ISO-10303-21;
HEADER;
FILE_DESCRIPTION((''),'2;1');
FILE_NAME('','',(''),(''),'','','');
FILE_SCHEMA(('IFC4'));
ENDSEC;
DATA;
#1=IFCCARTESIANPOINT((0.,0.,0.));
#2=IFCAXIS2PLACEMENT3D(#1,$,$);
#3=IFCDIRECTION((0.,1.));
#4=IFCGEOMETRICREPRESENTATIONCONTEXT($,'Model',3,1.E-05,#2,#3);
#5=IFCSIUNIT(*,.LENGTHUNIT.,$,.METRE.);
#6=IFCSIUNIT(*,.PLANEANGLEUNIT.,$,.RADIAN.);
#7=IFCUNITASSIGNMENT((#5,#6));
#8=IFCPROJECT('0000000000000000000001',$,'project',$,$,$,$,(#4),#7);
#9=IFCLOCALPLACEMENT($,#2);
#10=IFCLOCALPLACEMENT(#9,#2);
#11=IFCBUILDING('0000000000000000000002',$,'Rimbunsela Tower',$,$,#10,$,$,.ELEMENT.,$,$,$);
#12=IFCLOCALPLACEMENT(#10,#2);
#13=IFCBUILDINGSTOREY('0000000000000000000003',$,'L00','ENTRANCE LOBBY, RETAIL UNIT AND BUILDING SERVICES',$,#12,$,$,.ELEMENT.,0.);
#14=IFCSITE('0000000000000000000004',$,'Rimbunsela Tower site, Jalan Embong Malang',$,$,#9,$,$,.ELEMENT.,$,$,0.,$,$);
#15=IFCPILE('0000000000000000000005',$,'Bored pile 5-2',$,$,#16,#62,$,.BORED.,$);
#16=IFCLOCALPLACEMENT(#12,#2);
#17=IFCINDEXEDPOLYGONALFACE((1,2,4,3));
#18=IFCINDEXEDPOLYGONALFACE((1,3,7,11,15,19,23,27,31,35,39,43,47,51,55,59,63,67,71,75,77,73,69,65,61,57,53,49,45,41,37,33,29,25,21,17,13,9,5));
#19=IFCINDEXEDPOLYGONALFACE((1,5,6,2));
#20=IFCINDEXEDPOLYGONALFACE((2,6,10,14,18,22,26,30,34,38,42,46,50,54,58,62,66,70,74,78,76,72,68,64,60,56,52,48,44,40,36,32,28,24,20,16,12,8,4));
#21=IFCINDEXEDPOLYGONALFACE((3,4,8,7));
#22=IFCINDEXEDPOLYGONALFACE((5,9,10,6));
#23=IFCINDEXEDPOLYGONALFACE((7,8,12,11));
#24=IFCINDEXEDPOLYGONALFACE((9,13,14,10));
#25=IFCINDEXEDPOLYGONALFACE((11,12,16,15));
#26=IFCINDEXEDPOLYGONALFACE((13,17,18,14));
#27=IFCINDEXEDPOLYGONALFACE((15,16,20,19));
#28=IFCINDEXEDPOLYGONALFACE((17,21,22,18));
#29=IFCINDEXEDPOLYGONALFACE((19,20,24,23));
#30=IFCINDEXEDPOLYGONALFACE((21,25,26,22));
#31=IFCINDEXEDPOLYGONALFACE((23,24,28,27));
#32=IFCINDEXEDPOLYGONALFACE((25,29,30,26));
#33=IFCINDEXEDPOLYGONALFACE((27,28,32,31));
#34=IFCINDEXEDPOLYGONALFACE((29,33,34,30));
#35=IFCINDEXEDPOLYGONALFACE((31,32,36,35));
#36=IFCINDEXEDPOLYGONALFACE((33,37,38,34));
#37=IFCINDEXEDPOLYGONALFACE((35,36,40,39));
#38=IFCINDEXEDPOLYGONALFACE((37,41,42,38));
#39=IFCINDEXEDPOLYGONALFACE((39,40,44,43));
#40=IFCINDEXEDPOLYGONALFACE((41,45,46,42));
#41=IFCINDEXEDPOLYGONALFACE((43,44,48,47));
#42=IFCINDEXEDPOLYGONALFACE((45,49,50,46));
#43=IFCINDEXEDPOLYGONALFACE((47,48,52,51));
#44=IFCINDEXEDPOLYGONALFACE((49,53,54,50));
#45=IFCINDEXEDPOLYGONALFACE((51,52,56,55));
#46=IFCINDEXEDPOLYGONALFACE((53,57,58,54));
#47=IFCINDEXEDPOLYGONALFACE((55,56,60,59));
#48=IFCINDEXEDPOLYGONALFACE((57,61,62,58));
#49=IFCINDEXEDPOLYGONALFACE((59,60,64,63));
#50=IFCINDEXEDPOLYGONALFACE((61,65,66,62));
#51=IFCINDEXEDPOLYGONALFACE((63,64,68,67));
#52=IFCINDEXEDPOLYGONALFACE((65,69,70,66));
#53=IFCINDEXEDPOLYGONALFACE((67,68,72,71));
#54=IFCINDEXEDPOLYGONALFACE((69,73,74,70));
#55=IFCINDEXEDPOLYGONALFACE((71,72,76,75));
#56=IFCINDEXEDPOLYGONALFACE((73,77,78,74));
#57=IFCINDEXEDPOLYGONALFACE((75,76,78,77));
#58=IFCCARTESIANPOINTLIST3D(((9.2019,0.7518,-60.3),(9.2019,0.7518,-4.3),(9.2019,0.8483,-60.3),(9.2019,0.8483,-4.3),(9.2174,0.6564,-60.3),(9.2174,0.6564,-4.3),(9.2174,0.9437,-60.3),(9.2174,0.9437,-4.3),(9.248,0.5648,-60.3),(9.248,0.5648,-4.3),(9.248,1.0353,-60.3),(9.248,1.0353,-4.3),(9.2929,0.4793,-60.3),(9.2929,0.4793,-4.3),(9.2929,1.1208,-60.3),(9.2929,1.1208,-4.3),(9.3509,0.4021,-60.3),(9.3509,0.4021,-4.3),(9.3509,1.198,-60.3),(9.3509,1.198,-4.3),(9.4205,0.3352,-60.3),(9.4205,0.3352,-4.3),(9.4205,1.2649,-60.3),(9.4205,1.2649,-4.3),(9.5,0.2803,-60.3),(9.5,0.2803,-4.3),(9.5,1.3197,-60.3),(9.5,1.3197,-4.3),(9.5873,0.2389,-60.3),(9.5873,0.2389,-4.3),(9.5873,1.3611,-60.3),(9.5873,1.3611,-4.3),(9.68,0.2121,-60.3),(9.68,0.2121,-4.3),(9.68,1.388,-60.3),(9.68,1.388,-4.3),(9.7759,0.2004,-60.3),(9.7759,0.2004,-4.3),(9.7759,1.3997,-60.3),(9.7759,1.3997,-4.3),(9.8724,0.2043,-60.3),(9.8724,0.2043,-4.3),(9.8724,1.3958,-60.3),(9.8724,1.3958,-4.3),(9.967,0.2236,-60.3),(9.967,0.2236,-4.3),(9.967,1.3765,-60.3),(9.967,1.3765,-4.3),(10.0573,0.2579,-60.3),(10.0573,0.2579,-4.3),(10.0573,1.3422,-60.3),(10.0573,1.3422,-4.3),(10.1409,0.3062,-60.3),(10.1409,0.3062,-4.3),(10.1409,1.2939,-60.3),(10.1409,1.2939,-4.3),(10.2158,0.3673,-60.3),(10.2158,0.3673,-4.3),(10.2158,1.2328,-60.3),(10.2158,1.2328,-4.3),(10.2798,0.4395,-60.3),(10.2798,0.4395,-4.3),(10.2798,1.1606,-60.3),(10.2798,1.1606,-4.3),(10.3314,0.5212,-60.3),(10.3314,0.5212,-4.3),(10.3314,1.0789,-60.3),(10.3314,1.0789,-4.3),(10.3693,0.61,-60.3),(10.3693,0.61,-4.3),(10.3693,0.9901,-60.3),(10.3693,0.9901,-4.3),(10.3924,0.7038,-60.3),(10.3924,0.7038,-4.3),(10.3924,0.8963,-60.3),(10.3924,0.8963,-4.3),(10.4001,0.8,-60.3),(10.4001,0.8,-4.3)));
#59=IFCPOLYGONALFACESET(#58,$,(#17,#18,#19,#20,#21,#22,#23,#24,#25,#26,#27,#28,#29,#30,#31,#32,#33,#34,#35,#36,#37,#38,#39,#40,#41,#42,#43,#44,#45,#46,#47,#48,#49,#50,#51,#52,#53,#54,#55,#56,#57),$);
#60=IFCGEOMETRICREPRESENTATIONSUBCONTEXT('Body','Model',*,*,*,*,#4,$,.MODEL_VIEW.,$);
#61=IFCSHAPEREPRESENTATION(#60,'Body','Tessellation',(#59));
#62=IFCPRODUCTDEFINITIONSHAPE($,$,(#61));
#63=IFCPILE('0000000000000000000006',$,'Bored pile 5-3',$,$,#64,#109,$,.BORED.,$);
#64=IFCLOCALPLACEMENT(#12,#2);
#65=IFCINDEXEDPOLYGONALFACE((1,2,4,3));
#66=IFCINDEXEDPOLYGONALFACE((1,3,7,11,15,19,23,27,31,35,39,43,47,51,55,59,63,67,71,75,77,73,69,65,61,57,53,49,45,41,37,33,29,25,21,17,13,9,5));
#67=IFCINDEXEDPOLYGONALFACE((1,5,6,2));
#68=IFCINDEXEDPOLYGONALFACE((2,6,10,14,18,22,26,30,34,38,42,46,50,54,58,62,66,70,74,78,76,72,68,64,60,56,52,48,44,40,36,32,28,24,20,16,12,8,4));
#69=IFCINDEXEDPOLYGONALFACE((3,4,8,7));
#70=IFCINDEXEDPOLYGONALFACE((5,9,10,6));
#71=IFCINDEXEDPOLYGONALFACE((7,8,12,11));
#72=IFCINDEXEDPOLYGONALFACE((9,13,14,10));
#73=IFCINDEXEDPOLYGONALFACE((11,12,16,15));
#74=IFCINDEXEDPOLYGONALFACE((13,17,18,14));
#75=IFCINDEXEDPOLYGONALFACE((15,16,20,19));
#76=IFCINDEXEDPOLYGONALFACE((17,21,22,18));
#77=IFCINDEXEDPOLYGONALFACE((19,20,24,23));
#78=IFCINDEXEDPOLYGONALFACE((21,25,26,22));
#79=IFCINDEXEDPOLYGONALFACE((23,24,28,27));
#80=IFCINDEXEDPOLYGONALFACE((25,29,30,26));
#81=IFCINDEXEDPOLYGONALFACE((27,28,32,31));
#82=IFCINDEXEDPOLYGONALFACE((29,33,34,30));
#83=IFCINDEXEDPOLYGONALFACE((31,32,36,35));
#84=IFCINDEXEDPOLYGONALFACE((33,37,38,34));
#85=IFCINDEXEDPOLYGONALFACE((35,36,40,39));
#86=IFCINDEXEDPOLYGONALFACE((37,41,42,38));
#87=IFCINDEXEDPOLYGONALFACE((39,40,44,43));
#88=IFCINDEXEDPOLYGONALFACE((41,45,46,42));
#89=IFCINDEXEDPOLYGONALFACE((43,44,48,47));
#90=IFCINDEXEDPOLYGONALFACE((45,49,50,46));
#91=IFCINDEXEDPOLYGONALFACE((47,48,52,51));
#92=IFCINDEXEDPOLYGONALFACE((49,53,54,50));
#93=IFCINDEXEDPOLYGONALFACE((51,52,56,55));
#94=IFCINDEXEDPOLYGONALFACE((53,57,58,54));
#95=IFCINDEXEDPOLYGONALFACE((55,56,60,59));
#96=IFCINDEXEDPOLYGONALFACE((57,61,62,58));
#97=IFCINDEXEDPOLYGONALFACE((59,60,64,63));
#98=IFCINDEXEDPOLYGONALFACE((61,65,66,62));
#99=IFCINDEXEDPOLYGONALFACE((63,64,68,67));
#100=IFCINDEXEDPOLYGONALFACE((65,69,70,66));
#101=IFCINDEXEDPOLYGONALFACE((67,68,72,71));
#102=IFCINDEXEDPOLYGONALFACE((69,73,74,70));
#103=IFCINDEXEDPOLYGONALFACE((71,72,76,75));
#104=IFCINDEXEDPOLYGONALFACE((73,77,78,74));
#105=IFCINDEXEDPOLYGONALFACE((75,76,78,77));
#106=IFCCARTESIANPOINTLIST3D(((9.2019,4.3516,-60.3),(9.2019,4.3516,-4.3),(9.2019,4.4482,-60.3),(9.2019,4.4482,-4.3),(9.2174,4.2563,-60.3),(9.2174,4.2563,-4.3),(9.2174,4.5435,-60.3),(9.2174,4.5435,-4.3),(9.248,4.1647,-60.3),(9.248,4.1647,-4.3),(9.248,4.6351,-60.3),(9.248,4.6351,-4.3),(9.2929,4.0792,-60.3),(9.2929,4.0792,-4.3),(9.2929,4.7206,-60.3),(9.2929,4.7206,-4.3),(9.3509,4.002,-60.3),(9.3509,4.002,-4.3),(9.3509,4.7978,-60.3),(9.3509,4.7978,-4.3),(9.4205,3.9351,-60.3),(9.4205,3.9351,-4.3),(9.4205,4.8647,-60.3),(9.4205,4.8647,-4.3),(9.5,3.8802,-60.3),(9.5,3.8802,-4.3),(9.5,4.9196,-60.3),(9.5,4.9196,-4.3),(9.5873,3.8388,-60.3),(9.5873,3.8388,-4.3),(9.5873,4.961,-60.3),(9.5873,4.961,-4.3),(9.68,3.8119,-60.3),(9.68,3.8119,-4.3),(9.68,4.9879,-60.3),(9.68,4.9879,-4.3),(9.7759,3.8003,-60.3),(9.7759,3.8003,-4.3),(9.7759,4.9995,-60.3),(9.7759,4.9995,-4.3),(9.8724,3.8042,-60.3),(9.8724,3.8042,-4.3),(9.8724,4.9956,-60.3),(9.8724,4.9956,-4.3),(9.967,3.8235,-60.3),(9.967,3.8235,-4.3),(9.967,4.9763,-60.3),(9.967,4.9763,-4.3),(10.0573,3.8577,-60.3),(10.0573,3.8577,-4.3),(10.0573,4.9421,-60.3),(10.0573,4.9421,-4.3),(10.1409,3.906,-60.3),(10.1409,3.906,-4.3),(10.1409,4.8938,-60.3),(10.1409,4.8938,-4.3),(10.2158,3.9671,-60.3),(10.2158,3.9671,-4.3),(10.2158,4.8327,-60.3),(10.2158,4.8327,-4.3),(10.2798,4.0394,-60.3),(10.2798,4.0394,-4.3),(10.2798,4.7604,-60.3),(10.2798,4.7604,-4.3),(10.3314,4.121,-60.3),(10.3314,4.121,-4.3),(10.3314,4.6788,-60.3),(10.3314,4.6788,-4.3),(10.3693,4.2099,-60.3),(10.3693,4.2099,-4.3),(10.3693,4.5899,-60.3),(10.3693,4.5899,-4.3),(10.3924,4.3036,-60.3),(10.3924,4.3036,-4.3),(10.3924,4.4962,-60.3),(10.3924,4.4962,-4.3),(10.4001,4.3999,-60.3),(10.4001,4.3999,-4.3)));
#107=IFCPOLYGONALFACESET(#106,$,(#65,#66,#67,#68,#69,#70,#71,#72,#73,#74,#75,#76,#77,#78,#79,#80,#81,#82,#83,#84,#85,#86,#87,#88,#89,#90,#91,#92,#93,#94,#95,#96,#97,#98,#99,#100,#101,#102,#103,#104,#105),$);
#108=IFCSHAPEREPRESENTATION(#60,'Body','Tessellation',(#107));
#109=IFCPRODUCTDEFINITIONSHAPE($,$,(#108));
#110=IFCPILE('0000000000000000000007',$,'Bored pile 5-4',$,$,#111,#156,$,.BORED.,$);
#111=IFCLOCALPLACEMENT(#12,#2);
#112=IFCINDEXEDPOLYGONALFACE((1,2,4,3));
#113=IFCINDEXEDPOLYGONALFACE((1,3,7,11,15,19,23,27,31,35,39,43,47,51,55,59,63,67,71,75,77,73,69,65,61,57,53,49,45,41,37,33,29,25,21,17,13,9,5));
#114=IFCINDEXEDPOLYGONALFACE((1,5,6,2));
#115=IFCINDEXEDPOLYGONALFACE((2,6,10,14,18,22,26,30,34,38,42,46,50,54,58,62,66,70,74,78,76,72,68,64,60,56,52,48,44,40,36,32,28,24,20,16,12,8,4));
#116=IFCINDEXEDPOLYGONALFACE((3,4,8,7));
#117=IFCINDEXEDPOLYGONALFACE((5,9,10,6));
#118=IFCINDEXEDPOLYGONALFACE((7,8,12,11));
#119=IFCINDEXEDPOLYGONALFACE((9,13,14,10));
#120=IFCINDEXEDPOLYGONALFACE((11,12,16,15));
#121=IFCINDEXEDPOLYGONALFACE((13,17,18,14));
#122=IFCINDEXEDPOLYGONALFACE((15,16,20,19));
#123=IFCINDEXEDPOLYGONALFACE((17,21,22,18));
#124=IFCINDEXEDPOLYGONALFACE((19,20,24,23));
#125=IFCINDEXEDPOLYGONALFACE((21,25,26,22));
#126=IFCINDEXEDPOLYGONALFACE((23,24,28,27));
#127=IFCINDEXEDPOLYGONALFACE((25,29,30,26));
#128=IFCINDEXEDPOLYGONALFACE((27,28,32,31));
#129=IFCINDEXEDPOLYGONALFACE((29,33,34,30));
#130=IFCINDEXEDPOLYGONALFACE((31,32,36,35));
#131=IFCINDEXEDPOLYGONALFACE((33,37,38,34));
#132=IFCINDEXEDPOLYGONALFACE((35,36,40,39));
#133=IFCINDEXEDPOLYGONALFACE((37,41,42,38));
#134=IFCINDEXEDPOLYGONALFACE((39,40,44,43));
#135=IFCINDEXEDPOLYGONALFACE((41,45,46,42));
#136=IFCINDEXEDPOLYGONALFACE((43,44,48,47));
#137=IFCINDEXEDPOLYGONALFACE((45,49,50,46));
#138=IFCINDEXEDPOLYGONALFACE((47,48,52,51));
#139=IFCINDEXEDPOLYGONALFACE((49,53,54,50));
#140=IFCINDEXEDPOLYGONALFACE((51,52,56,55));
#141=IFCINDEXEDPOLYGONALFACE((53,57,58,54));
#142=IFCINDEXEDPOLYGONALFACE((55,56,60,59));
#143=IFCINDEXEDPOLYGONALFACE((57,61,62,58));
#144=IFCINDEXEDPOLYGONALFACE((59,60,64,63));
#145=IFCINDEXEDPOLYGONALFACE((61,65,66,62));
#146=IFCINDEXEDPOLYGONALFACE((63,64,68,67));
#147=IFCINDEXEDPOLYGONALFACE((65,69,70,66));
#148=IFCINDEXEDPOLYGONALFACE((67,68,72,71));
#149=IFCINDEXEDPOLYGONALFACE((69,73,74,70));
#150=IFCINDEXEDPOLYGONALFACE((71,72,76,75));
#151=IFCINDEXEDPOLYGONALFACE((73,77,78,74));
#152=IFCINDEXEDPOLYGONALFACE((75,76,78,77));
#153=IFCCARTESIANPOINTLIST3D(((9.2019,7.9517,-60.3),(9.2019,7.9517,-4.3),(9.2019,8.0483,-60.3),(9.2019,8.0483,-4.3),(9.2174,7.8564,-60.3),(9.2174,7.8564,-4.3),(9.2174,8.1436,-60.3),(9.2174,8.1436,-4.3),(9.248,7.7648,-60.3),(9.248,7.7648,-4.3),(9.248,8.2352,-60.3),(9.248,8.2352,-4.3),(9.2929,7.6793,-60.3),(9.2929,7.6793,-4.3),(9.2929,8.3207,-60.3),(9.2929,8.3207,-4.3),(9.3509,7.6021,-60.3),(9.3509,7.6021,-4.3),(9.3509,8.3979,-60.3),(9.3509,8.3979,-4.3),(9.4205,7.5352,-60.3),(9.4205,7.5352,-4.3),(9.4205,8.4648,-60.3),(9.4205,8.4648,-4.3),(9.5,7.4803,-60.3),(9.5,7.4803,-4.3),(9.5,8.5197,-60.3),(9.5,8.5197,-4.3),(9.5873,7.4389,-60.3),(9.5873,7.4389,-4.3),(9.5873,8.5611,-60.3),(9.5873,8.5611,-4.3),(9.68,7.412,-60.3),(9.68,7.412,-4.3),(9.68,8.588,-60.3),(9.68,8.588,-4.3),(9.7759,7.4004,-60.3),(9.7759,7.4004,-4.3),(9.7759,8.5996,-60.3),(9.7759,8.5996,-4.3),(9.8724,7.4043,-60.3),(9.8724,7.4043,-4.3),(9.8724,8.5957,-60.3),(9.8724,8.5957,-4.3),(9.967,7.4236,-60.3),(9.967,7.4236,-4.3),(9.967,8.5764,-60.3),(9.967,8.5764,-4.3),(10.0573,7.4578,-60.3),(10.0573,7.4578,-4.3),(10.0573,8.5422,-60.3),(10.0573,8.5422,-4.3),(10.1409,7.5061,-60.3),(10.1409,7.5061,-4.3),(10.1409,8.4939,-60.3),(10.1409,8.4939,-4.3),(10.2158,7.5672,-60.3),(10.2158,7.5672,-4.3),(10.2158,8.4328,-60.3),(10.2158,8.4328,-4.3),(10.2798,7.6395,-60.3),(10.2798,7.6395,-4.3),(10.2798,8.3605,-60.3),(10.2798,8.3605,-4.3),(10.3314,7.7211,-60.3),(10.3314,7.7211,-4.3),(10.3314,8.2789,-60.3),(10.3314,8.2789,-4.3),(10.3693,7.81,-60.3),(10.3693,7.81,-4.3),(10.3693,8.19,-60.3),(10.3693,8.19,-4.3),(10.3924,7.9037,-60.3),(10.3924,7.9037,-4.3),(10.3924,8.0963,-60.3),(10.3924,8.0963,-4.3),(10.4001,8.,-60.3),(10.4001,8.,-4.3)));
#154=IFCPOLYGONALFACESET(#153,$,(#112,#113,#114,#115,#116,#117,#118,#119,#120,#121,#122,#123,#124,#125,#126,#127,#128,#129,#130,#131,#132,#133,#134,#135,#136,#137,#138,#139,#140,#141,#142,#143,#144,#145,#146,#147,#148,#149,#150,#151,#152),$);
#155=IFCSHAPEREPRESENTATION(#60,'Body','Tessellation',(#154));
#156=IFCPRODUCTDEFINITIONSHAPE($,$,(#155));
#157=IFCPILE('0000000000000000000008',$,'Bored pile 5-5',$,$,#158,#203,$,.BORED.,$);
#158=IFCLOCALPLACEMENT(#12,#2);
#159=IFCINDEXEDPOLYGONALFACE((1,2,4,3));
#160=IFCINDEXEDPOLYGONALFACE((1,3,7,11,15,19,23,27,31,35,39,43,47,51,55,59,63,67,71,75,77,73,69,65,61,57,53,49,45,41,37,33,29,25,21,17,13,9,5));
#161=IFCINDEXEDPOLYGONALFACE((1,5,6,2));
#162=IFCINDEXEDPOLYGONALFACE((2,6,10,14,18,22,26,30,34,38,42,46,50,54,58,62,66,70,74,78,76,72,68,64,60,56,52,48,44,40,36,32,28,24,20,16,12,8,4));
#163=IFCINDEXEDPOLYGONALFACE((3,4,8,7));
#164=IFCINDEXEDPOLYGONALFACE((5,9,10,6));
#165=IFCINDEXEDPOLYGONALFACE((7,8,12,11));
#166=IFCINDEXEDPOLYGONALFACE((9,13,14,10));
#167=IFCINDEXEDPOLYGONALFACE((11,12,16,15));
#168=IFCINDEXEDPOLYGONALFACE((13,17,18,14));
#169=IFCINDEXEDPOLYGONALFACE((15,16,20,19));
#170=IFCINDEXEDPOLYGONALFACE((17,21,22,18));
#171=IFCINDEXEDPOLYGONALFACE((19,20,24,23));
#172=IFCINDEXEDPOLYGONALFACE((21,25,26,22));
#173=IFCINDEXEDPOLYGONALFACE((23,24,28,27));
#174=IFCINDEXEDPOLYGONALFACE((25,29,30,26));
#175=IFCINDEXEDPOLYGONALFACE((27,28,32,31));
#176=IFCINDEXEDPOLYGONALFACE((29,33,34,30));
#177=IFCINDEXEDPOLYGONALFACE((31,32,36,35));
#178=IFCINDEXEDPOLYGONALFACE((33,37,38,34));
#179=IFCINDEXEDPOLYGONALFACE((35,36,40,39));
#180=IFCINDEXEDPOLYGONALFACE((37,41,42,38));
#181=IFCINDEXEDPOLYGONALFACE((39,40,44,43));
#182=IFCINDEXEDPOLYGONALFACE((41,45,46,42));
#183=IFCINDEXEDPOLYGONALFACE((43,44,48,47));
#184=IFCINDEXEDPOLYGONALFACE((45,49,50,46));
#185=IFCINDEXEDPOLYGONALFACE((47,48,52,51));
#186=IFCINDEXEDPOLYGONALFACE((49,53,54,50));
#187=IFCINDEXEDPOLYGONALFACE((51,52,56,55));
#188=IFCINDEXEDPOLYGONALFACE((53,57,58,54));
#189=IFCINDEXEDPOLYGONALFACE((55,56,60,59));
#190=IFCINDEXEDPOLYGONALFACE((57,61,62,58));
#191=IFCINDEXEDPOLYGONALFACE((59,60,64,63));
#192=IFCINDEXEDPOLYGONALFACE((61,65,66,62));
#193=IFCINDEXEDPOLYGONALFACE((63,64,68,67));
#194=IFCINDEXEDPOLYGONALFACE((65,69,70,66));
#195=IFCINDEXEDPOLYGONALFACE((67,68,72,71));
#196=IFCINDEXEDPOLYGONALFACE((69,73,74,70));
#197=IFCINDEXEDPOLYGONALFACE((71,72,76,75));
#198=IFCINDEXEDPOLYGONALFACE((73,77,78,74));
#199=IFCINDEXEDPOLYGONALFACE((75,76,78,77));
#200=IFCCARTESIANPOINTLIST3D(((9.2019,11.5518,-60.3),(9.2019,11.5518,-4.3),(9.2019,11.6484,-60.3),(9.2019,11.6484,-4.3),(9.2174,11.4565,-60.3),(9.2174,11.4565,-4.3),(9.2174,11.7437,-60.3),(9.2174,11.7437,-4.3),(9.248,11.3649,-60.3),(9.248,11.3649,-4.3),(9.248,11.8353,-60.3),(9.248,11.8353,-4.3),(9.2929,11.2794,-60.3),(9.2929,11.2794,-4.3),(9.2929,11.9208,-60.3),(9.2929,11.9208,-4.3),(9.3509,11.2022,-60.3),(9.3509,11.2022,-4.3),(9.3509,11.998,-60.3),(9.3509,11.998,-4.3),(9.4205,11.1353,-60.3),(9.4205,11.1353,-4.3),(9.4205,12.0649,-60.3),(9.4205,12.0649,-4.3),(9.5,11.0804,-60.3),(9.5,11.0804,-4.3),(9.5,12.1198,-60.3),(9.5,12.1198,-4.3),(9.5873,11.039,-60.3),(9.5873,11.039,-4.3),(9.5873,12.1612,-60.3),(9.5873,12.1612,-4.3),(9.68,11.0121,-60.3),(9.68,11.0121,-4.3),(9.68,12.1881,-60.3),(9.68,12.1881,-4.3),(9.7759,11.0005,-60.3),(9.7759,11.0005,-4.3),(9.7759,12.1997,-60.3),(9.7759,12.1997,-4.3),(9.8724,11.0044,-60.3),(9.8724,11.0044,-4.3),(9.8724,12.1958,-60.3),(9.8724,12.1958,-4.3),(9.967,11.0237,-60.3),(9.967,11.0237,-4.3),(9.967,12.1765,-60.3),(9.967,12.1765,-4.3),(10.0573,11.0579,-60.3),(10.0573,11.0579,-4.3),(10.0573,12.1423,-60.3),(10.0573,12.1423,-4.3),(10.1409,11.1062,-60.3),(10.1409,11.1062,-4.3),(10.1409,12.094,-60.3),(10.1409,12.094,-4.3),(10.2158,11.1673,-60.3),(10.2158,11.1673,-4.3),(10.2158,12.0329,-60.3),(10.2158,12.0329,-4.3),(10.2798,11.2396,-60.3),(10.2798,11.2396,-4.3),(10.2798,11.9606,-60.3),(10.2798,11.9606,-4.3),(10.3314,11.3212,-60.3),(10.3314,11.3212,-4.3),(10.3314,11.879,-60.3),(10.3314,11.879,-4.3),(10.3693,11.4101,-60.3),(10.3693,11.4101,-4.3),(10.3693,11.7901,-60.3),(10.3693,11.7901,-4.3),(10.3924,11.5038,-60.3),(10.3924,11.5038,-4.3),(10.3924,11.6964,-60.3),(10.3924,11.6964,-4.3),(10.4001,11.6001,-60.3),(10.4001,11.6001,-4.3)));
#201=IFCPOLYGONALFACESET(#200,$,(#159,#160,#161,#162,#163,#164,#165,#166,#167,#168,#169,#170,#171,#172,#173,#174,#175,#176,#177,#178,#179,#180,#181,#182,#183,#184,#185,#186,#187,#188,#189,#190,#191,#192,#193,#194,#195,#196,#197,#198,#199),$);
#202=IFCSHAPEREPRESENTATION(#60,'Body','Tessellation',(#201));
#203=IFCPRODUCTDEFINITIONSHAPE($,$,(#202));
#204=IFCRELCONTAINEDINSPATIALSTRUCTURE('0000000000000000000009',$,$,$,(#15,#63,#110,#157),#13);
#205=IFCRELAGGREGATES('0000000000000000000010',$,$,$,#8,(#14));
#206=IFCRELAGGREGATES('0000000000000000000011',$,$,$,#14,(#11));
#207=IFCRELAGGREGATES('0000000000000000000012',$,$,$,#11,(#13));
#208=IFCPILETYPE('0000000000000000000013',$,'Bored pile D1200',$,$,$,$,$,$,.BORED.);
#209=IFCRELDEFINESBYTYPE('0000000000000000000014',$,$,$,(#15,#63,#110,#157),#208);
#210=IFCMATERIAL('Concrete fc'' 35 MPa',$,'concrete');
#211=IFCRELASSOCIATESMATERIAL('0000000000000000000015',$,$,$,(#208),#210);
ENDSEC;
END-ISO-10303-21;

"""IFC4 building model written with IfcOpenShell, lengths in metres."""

from ifc_helpers import new_model, si_unit, direction, frame, origin, origin_2d, place, context, subcontext, project, spatial, circle, extrude, material, material_profile, profile_set, type_object, element, save


model = new_model("IFC4")

# Units and contexts
model_context = context("Model", 3, precision=1e-05, world=origin(), true_north=direction((0.0, 1.0)))
body_context = subcontext(model_context, "Body", "Model", "MODEL_VIEW")
ifc_project = project(units=[si_unit("LENGTHUNIT", "METRE"), si_unit("PLANEANGLEUNIT", "RADIAN")], contexts=[model_context])

# Site, building, storey
site_placement = place(None, origin())
site = spatial("IfcSite", under=ifc_project, at=site_placement, Name="Rimbunsela Tower site, Jalan Embong Malang", CompositionType="ELEMENT", RefElevation=0.0)
building_placement = place(site_placement, origin())
building = spatial("IfcBuilding", under=site, at=building_placement, Name="Rimbunsela Tower", CompositionType="ELEMENT")
storey_placement = place(building_placement, origin())
storey = spatial("IfcBuildingStorey", under=building, at=storey_placement, Name="L00", Description="ENTRANCE LOBBY, RETAIL UNIT AND BUILDING SERVICES", CompositionType="ELEMENT", Elevation=0.0)

# Piles
ifc_material_1 = material(Name="Concrete fc' 35 MPa", Category="concrete")
ifc_material_profile_1 = material_profile(ifc_material_1, circle(Radius=0.6001, at=origin_2d()), Name="BP D1200")
ifc_profile_set_1 = profile_set([ifc_material_profile_1], Name="Concrete fc' 35 MPa")
pile_type = type_object("IfcPileType", Name="Bored pile D1200", PredefinedType="BORED", material=ifc_profile_set_1)
for number, where, z_axis, x_axis, name in (
    (1, (9.8, 0.8, -4.3), (0.0, 0.0, -1.0), (1.0, 0.0, 0.0), "Bored pile 5-2"),
    (2, (9.8, 4.3999, -4.3), (0.0, 0.0, -1.0), (1.0, 0.0, 0.0), "Bored pile 5-3"),
    (3, (9.8, 8.0, -4.3), (0.0, 0.0, -1.0), (1.0, 0.0, 0.0), "Bored pile 5-4"),
    (4, (9.8, 11.6001, -4.3), (0.0, 0.0, -1.0), (1.0, 0.0, 0.0), "Bored pile 5-5"),
):
    element("IfcPile", number, at=place(storey_placement, frame(where, z_axis=z_axis, x_axis=x_axis)), inside=storey, type_object=pile_type, Name=name, PredefinedType="BORED", context=body_context, shape_type="SweptSolid", body=[
        extrude(circle(Radius=0.6001, at=origin_2d()), origin(), (0.0, 0.0, 1.0), 56.0),
    ])

save(model, "model.ifc")
